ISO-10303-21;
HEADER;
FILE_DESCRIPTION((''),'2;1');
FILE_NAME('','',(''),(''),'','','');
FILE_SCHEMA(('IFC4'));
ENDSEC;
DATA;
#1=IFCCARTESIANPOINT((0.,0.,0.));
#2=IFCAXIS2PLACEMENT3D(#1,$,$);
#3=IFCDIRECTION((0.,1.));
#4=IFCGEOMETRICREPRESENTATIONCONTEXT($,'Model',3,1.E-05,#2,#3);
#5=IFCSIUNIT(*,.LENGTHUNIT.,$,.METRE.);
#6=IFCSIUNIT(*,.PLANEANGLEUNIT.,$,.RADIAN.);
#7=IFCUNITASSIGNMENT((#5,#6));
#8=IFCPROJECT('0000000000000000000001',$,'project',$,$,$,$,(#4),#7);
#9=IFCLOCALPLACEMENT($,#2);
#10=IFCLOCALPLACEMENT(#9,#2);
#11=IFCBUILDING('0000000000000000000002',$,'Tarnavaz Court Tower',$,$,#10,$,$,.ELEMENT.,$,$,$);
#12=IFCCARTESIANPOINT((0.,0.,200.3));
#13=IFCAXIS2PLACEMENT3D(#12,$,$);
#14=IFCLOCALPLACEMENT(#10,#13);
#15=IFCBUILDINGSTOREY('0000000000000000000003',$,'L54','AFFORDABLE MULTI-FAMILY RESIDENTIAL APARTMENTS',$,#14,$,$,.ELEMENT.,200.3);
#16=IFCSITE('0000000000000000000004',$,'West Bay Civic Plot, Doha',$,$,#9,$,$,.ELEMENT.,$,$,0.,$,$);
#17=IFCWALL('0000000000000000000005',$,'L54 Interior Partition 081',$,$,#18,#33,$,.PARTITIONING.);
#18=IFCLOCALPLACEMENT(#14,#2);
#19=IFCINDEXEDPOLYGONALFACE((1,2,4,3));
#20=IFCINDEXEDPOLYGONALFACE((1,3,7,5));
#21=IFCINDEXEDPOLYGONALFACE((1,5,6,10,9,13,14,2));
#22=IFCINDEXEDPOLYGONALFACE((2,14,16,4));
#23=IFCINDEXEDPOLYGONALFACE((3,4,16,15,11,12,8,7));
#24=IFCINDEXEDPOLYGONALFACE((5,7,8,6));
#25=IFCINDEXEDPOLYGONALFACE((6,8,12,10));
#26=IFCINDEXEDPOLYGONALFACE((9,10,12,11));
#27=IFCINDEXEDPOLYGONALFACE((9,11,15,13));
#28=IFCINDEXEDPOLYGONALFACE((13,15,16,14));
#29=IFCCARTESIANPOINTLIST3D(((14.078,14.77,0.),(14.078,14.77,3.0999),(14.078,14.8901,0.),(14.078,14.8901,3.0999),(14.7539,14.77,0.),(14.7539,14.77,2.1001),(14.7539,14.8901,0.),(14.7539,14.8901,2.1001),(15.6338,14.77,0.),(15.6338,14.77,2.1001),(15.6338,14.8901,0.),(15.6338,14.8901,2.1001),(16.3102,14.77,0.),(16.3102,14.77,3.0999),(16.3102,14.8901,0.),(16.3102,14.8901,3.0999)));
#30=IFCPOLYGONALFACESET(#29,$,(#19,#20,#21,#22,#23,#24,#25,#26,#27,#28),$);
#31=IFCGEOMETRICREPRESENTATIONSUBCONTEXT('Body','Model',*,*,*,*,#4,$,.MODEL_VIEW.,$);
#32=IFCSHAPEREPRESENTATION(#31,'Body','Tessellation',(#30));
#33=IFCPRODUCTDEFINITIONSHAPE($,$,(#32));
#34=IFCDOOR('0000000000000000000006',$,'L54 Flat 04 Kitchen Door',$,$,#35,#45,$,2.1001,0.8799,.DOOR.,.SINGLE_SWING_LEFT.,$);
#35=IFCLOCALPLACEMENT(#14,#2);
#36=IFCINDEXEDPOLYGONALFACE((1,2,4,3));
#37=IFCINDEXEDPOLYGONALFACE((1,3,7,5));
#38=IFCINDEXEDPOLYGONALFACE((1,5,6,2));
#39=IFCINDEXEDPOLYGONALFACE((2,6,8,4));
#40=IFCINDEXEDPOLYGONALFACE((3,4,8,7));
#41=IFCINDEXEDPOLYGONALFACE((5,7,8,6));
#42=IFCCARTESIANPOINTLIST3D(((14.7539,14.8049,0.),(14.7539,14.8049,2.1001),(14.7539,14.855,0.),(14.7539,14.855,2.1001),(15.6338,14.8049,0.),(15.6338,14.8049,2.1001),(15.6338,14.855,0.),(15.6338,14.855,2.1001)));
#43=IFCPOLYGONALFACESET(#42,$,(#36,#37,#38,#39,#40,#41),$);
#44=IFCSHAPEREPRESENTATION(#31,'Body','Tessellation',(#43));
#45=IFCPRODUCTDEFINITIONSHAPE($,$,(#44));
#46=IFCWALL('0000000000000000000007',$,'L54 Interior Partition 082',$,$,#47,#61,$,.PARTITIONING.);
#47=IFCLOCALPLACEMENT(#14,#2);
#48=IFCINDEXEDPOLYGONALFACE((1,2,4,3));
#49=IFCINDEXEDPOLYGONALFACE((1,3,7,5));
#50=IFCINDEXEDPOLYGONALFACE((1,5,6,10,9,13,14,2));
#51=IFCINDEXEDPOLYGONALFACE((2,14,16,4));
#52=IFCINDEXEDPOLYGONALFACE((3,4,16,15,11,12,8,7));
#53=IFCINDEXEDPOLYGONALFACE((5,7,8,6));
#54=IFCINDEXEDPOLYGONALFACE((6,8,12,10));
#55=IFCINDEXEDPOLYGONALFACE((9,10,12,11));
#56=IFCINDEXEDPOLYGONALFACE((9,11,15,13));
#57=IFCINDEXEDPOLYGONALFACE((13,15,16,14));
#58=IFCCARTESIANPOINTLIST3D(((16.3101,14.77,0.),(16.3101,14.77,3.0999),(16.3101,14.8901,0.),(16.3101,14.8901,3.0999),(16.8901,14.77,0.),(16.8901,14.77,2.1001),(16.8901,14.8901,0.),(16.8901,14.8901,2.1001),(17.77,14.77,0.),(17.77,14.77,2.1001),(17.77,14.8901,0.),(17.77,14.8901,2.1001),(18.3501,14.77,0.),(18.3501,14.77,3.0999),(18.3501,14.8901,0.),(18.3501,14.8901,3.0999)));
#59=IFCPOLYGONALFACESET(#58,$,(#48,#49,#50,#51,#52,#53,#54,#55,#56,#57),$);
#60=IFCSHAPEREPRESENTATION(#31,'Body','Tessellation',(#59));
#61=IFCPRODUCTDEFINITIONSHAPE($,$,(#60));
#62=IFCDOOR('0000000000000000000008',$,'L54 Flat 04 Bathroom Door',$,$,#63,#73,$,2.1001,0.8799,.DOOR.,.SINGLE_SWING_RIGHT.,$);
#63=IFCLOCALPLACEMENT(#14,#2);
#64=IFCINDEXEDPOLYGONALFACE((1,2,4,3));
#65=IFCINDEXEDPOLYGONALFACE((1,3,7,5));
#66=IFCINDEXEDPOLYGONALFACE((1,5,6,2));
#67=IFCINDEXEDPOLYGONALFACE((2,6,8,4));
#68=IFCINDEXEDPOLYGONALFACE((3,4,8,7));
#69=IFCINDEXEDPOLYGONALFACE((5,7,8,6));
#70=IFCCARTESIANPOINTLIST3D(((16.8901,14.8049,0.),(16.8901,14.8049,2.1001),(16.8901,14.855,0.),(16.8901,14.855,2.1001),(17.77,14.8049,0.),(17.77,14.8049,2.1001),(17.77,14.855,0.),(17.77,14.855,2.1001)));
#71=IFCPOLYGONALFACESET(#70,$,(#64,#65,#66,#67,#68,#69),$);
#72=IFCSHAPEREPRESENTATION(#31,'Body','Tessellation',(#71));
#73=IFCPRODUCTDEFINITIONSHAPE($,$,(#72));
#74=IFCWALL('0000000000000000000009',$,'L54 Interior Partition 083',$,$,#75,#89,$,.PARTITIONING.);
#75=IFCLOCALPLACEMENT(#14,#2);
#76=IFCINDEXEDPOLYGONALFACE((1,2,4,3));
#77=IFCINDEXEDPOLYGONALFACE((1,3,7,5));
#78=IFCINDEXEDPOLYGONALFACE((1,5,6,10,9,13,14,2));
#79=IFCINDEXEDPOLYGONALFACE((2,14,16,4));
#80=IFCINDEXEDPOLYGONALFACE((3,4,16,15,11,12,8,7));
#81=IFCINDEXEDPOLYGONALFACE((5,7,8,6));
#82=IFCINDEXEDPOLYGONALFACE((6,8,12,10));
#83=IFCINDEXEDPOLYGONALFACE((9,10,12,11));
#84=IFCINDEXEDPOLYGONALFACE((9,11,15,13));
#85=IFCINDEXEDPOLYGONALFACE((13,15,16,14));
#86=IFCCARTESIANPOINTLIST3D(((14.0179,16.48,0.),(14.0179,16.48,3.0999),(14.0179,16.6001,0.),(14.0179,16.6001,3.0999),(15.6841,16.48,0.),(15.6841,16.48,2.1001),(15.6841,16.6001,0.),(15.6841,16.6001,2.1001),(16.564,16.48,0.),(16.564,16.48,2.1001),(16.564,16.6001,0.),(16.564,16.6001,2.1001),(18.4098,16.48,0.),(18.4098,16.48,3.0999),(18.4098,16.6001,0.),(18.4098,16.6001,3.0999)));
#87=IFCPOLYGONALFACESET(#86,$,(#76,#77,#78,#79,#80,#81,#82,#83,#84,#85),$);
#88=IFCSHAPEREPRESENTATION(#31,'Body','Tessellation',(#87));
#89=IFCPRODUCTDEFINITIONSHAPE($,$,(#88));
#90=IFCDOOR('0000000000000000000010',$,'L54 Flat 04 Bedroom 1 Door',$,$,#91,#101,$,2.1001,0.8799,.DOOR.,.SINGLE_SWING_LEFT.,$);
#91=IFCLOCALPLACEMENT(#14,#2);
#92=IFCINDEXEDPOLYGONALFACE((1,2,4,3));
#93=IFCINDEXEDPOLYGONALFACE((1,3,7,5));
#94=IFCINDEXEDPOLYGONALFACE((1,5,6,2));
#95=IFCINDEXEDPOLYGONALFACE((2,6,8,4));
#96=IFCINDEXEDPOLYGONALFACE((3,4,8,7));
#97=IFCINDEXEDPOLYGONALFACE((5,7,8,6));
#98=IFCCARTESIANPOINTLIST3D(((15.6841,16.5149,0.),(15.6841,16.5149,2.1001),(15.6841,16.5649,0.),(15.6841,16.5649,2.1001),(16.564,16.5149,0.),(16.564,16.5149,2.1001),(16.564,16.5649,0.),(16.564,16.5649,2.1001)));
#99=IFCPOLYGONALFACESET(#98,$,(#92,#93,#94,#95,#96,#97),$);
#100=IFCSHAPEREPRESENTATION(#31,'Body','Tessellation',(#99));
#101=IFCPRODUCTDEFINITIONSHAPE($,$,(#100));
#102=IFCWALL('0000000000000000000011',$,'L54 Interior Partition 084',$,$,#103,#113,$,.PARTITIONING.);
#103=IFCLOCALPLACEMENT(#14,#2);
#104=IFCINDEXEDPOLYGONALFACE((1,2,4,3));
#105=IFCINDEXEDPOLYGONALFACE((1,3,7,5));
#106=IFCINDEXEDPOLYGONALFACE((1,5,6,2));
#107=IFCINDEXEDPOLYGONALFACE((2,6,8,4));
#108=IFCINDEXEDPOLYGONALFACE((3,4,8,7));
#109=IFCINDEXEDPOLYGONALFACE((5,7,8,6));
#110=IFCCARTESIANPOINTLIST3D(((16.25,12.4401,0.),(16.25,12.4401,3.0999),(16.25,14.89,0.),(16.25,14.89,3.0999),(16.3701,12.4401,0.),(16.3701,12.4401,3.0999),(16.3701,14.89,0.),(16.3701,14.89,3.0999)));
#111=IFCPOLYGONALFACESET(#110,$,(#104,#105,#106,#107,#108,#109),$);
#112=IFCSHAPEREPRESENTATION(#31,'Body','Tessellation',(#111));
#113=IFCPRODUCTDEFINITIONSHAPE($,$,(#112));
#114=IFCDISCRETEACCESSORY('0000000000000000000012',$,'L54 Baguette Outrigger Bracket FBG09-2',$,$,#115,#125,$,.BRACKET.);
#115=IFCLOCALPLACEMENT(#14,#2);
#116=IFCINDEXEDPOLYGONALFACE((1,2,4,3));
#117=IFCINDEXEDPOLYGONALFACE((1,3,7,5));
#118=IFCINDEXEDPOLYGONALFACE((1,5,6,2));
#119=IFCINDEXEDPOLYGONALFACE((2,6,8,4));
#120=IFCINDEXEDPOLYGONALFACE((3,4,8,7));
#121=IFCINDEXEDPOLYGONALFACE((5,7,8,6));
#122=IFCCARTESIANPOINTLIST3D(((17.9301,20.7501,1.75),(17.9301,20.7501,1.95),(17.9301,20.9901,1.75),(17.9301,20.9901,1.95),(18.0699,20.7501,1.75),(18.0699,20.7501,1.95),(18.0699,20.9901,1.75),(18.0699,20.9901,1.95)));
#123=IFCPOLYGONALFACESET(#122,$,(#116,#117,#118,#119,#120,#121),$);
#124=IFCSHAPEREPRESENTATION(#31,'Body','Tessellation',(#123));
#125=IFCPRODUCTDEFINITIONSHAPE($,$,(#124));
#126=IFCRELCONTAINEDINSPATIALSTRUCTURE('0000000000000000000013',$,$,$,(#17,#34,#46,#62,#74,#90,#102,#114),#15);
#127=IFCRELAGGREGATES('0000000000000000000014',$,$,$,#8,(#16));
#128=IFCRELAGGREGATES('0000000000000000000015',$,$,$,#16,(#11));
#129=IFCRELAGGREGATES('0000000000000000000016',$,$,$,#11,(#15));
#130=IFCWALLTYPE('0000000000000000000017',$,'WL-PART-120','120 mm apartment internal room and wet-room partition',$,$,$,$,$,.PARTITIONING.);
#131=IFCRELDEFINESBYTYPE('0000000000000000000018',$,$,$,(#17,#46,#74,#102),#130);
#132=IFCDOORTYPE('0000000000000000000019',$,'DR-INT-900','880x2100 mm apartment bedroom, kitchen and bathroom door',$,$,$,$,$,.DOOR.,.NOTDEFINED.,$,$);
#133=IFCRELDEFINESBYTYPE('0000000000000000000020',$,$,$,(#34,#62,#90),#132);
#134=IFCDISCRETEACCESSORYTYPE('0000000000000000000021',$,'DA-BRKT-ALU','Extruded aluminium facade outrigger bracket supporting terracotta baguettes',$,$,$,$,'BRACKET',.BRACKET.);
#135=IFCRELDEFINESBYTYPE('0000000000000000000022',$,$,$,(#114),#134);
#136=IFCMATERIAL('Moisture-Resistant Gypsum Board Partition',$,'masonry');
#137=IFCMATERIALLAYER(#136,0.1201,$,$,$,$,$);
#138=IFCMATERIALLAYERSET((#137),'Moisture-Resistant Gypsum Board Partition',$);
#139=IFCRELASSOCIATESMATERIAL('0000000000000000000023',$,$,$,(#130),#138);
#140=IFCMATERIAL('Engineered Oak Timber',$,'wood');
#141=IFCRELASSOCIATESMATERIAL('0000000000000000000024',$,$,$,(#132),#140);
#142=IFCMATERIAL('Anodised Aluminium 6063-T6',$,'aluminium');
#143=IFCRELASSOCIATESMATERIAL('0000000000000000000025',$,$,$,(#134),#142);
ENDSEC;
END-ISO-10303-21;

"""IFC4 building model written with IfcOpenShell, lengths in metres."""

from ifc_helpers import new_model, si_unit, direction, frame, frame_2d, origin, origin_2d, place, context, subcontext, project, spatial, rectangle, extrude, material, layer, layer_set, type_object, element, fill, save


model = new_model("IFC4")

# Units and contexts
model_context = context("Model", 3, precision=1e-05, world=origin(), true_north=direction((0.0, 1.0)))
body_context = subcontext(model_context, "Body", "Model", "MODEL_VIEW")
ifc_project = project(units=[si_unit("LENGTHUNIT", "METRE"), si_unit("PLANEANGLEUNIT", "RADIAN")], contexts=[model_context])

# Site, building, storey
site_placement = place(None, origin())
site = spatial("IfcSite", under=ifc_project, at=site_placement, Name="West Bay Civic Plot, Doha", CompositionType="ELEMENT", RefElevation=0.0)
building_placement = place(site_placement, origin())
building = spatial("IfcBuilding", under=site, at=building_placement, Name="Tarnavaz Court Tower", CompositionType="ELEMENT")
storey_placement = place(building_placement, frame((0.0, 0.0, 200.3)))
storey = spatial("IfcBuildingStorey", under=building, at=storey_placement, Name="L54", Description="AFFORDABLE MULTI-FAMILY RESIDENTIAL APARTMENTS", CompositionType="ELEMENT", Elevation=200.3)

# Walls, openings, doors
ifc_material_1 = material(Name="Moisture-Resistant Gypsum Board Partition", Category="masonry")
ifc_layer_1 = layer(ifc_material_1, 0.1201)
ifc_layer_set_1 = layer_set([ifc_layer_1], Name="Moisture-Resistant Gypsum Board Partition")
wall_type_1 = type_object("IfcWallType", Name="WL-PART-120", Description="120 mm apartment internal room and wet-room partition", PredefinedType="PARTITIONING", material=ifc_layer_set_1)
ifc_material_2 = material(Name="Engineered Oak Timber", Category="wood")
wall_1_placement = place(storey_placement, frame((14.0779, 14.8301, 0.0), z_axis=(0.0, 0.0, 1.0), x_axis=(1.0, 0.0, 0.0)))
wall_1 = element("IfcWall", 1, at=wall_1_placement, inside=storey, type_object=wall_type_1, Name="L54 Interior Partition 081", PredefinedType="PARTITIONING", context=body_context, shape_type="SweptSolid", body=[
    extrude(rectangle(XDim=2.2322, YDim=0.1201, at=frame_2d((1.1162, 0.0))), origin(), (0.0, 0.0, 1.0), 3.0999),
])
opening_1_placement = place(wall_1_placement, frame((0.676, 0.0, 0.0)))
opening_1 = element("IfcOpeningElement", 2, at=opening_1_placement, cuts=wall_1, PredefinedType="OPENING", context=body_context, shape_type="SweptSolid", body=[
    extrude(rectangle(XDim=0.8799, YDim=2.1001, at=frame_2d((0.4399, 1.05))), frame((0.0, 0.0701, 0.0), z_axis=(0.0, -1.0, 0.0), x_axis=(1.0, 0.0, 0.0)), (0.0, 0.0, 1.0), 0.1401),
])
door_type_1 = type_object("IfcDoorType", Name="DR-INT-900", Description="880x2100 mm apartment bedroom, kitchen and bathroom door", OperationType="NOTDEFINED", PredefinedType="DOOR", material=ifc_material_2)
door_1_placement = place(opening_1_placement, origin())
door_1 = element("IfcDoor", 3, at=door_1_placement, inside=storey, type_object=door_type_1, Name="L54 Flat 04 Kitchen Door", OperationType="SINGLE_SWING_LEFT", OverallHeight=2.1001, OverallWidth=0.8799, PredefinedType="DOOR", context=body_context, shape_type="SweptSolid", body=[
    extrude(rectangle(XDim=0.8799, YDim=2.1001, at=frame_2d((0.4399, 1.05))), frame((0.0, 0.0249, 0.0), z_axis=(0.0, -1.0, 0.0), x_axis=(1.0, 0.0, 0.0)), (0.0, 0.0, 1.0), 0.05),
])
fill(opening_1, door_1)
wall_2_placement = place(storey_placement, frame((16.3101, 14.8301, 0.0), z_axis=(0.0, 0.0, 1.0), x_axis=(1.0, 0.0, 0.0)))
wall_2 = element("IfcWall", 4, at=wall_2_placement, inside=storey, type_object=wall_type_1, Name="L54 Interior Partition 082", PredefinedType="PARTITIONING", context=body_context, shape_type="SweptSolid", body=[
    extrude(rectangle(XDim=2.04, YDim=0.1201, at=frame_2d((1.02, 0.0))), origin(), (0.0, 0.0, 1.0), 3.0999),
])
opening_2_placement = place(wall_2_placement, frame((0.5801, 0.0, 0.0)))
opening_2 = element("IfcOpeningElement", 5, at=opening_2_placement, cuts=wall_2, PredefinedType="OPENING", context=body_context, shape_type="SweptSolid", body=[
    extrude(rectangle(XDim=0.8799, YDim=2.1001, at=frame_2d((0.4399, 1.05))), frame((0.0, 0.0701, 0.0), z_axis=(0.0, -1.0, 0.0), x_axis=(1.0, 0.0, 0.0)), (0.0, 0.0, 1.0), 0.1401),
])
door_2_placement = place(opening_2_placement, origin())
door_2 = element("IfcDoor", 6, at=door_2_placement, inside=storey, type_object=door_type_1, Name="L54 Flat 04 Bathroom Door", OperationType="SINGLE_SWING_RIGHT", OverallHeight=2.1001, OverallWidth=0.8799, PredefinedType="DOOR", context=body_context, shape_type="SweptSolid", body=[
    extrude(rectangle(XDim=0.8799, YDim=2.1001, at=frame_2d((0.4399, 1.05))), frame((0.0, 0.0249, 0.0), z_axis=(0.0, -1.0, 0.0), x_axis=(1.0, 0.0, 0.0)), (0.0, 0.0, 1.0), 0.05),
])
fill(opening_2, door_2)
wall_3_placement = place(storey_placement, frame((14.0181, 16.54, 0.0), z_axis=(0.0, 0.0, 1.0), x_axis=(1.0, 0.0, 0.0)))
wall_3 = element("IfcWall", 7, at=wall_3_placement, inside=storey, type_object=wall_type_1, Name="L54 Interior Partition 083", PredefinedType="PARTITIONING", context=body_context, shape_type="SweptSolid", body=[
    extrude(rectangle(XDim=4.3918, YDim=0.1201, at=frame_2d((2.1958, 0.0))), origin(), (0.0, 0.0, 1.0), 3.0999),
])
opening_3_placement = place(wall_3_placement, frame((1.666, 0.0, 0.0)))
opening_3 = element("IfcOpeningElement", 8, at=opening_3_placement, cuts=wall_3, PredefinedType="OPENING", context=body_context, shape_type="SweptSolid", body=[
    extrude(rectangle(XDim=0.8799, YDim=2.1001, at=frame_2d((0.4399, 1.05))), frame((0.0, 0.0701, 0.0), z_axis=(0.0, -1.0, 0.0), x_axis=(1.0, 0.0, 0.0)), (0.0, 0.0, 1.0), 0.1401),
])
door_3_placement = place(opening_3_placement, origin())
door_3 = element("IfcDoor", 9, at=door_3_placement, inside=storey, type_object=door_type_1, Name="L54 Flat 04 Bedroom 1 Door", OperationType="SINGLE_SWING_LEFT", OverallHeight=2.1001, OverallWidth=0.8799, PredefinedType="DOOR", context=body_context, shape_type="SweptSolid", body=[
    extrude(rectangle(XDim=0.8799, YDim=2.1001, at=frame_2d((0.4399, 1.05))), frame((0.0, 0.0249, 0.0), z_axis=(0.0, -1.0, 0.0), x_axis=(1.0, 0.0, 0.0)), (0.0, 0.0, 1.0), 0.05),
])
fill(opening_3, door_3)

# Wall
wall_4_placement = place(storey_placement, frame((16.3101, 12.4399, 0.0), z_axis=(0.0, 0.0, 1.0), x_axis=(0.0, 1.0, 0.0)))
element("IfcWall", 10, at=wall_4_placement, inside=storey, type_object=wall_type_1, Name="L54 Interior Partition 084", PredefinedType="PARTITIONING", context=body_context, shape_type="SweptSolid", body=[
    extrude(rectangle(XDim=2.45, YDim=0.1201, at=frame_2d((1.2251, 0.0))), origin(), (0.0, 0.0, 1.0), 3.0999),
])

# Discrete accessory
ifc_material_3 = material(Name="Anodised Aluminium 6063-T6", Category="aluminium")
discrete_accessory_type = type_object("IfcDiscreteAccessoryType", Name="DA-BRKT-ALU", Description="Extruded aluminium facade outrigger bracket supporting terracotta baguettes", ElementType="BRACKET", PredefinedType="BRACKET", material=ifc_material_3)
discrete_accessory_placement = place(storey_placement, frame((18.0, 20.8701, 1.75), z_axis=(0.0, 0.0, 1.0), x_axis=(1.0, 0.0, 0.0)))
element("IfcDiscreteAccessory", 11, at=discrete_accessory_placement, inside=storey, type_object=discrete_accessory_type, Name="L54 Baguette Outrigger Bracket FBG09-2", PredefinedType="BRACKET", context=body_context, shape_type="SweptSolid", body=[
    extrude(rectangle(XDim=0.1399, YDim=0.24, at=origin_2d()), origin(), (0.0, 0.0, 1.0), 0.2),
])

save(model, "model.ifc")
